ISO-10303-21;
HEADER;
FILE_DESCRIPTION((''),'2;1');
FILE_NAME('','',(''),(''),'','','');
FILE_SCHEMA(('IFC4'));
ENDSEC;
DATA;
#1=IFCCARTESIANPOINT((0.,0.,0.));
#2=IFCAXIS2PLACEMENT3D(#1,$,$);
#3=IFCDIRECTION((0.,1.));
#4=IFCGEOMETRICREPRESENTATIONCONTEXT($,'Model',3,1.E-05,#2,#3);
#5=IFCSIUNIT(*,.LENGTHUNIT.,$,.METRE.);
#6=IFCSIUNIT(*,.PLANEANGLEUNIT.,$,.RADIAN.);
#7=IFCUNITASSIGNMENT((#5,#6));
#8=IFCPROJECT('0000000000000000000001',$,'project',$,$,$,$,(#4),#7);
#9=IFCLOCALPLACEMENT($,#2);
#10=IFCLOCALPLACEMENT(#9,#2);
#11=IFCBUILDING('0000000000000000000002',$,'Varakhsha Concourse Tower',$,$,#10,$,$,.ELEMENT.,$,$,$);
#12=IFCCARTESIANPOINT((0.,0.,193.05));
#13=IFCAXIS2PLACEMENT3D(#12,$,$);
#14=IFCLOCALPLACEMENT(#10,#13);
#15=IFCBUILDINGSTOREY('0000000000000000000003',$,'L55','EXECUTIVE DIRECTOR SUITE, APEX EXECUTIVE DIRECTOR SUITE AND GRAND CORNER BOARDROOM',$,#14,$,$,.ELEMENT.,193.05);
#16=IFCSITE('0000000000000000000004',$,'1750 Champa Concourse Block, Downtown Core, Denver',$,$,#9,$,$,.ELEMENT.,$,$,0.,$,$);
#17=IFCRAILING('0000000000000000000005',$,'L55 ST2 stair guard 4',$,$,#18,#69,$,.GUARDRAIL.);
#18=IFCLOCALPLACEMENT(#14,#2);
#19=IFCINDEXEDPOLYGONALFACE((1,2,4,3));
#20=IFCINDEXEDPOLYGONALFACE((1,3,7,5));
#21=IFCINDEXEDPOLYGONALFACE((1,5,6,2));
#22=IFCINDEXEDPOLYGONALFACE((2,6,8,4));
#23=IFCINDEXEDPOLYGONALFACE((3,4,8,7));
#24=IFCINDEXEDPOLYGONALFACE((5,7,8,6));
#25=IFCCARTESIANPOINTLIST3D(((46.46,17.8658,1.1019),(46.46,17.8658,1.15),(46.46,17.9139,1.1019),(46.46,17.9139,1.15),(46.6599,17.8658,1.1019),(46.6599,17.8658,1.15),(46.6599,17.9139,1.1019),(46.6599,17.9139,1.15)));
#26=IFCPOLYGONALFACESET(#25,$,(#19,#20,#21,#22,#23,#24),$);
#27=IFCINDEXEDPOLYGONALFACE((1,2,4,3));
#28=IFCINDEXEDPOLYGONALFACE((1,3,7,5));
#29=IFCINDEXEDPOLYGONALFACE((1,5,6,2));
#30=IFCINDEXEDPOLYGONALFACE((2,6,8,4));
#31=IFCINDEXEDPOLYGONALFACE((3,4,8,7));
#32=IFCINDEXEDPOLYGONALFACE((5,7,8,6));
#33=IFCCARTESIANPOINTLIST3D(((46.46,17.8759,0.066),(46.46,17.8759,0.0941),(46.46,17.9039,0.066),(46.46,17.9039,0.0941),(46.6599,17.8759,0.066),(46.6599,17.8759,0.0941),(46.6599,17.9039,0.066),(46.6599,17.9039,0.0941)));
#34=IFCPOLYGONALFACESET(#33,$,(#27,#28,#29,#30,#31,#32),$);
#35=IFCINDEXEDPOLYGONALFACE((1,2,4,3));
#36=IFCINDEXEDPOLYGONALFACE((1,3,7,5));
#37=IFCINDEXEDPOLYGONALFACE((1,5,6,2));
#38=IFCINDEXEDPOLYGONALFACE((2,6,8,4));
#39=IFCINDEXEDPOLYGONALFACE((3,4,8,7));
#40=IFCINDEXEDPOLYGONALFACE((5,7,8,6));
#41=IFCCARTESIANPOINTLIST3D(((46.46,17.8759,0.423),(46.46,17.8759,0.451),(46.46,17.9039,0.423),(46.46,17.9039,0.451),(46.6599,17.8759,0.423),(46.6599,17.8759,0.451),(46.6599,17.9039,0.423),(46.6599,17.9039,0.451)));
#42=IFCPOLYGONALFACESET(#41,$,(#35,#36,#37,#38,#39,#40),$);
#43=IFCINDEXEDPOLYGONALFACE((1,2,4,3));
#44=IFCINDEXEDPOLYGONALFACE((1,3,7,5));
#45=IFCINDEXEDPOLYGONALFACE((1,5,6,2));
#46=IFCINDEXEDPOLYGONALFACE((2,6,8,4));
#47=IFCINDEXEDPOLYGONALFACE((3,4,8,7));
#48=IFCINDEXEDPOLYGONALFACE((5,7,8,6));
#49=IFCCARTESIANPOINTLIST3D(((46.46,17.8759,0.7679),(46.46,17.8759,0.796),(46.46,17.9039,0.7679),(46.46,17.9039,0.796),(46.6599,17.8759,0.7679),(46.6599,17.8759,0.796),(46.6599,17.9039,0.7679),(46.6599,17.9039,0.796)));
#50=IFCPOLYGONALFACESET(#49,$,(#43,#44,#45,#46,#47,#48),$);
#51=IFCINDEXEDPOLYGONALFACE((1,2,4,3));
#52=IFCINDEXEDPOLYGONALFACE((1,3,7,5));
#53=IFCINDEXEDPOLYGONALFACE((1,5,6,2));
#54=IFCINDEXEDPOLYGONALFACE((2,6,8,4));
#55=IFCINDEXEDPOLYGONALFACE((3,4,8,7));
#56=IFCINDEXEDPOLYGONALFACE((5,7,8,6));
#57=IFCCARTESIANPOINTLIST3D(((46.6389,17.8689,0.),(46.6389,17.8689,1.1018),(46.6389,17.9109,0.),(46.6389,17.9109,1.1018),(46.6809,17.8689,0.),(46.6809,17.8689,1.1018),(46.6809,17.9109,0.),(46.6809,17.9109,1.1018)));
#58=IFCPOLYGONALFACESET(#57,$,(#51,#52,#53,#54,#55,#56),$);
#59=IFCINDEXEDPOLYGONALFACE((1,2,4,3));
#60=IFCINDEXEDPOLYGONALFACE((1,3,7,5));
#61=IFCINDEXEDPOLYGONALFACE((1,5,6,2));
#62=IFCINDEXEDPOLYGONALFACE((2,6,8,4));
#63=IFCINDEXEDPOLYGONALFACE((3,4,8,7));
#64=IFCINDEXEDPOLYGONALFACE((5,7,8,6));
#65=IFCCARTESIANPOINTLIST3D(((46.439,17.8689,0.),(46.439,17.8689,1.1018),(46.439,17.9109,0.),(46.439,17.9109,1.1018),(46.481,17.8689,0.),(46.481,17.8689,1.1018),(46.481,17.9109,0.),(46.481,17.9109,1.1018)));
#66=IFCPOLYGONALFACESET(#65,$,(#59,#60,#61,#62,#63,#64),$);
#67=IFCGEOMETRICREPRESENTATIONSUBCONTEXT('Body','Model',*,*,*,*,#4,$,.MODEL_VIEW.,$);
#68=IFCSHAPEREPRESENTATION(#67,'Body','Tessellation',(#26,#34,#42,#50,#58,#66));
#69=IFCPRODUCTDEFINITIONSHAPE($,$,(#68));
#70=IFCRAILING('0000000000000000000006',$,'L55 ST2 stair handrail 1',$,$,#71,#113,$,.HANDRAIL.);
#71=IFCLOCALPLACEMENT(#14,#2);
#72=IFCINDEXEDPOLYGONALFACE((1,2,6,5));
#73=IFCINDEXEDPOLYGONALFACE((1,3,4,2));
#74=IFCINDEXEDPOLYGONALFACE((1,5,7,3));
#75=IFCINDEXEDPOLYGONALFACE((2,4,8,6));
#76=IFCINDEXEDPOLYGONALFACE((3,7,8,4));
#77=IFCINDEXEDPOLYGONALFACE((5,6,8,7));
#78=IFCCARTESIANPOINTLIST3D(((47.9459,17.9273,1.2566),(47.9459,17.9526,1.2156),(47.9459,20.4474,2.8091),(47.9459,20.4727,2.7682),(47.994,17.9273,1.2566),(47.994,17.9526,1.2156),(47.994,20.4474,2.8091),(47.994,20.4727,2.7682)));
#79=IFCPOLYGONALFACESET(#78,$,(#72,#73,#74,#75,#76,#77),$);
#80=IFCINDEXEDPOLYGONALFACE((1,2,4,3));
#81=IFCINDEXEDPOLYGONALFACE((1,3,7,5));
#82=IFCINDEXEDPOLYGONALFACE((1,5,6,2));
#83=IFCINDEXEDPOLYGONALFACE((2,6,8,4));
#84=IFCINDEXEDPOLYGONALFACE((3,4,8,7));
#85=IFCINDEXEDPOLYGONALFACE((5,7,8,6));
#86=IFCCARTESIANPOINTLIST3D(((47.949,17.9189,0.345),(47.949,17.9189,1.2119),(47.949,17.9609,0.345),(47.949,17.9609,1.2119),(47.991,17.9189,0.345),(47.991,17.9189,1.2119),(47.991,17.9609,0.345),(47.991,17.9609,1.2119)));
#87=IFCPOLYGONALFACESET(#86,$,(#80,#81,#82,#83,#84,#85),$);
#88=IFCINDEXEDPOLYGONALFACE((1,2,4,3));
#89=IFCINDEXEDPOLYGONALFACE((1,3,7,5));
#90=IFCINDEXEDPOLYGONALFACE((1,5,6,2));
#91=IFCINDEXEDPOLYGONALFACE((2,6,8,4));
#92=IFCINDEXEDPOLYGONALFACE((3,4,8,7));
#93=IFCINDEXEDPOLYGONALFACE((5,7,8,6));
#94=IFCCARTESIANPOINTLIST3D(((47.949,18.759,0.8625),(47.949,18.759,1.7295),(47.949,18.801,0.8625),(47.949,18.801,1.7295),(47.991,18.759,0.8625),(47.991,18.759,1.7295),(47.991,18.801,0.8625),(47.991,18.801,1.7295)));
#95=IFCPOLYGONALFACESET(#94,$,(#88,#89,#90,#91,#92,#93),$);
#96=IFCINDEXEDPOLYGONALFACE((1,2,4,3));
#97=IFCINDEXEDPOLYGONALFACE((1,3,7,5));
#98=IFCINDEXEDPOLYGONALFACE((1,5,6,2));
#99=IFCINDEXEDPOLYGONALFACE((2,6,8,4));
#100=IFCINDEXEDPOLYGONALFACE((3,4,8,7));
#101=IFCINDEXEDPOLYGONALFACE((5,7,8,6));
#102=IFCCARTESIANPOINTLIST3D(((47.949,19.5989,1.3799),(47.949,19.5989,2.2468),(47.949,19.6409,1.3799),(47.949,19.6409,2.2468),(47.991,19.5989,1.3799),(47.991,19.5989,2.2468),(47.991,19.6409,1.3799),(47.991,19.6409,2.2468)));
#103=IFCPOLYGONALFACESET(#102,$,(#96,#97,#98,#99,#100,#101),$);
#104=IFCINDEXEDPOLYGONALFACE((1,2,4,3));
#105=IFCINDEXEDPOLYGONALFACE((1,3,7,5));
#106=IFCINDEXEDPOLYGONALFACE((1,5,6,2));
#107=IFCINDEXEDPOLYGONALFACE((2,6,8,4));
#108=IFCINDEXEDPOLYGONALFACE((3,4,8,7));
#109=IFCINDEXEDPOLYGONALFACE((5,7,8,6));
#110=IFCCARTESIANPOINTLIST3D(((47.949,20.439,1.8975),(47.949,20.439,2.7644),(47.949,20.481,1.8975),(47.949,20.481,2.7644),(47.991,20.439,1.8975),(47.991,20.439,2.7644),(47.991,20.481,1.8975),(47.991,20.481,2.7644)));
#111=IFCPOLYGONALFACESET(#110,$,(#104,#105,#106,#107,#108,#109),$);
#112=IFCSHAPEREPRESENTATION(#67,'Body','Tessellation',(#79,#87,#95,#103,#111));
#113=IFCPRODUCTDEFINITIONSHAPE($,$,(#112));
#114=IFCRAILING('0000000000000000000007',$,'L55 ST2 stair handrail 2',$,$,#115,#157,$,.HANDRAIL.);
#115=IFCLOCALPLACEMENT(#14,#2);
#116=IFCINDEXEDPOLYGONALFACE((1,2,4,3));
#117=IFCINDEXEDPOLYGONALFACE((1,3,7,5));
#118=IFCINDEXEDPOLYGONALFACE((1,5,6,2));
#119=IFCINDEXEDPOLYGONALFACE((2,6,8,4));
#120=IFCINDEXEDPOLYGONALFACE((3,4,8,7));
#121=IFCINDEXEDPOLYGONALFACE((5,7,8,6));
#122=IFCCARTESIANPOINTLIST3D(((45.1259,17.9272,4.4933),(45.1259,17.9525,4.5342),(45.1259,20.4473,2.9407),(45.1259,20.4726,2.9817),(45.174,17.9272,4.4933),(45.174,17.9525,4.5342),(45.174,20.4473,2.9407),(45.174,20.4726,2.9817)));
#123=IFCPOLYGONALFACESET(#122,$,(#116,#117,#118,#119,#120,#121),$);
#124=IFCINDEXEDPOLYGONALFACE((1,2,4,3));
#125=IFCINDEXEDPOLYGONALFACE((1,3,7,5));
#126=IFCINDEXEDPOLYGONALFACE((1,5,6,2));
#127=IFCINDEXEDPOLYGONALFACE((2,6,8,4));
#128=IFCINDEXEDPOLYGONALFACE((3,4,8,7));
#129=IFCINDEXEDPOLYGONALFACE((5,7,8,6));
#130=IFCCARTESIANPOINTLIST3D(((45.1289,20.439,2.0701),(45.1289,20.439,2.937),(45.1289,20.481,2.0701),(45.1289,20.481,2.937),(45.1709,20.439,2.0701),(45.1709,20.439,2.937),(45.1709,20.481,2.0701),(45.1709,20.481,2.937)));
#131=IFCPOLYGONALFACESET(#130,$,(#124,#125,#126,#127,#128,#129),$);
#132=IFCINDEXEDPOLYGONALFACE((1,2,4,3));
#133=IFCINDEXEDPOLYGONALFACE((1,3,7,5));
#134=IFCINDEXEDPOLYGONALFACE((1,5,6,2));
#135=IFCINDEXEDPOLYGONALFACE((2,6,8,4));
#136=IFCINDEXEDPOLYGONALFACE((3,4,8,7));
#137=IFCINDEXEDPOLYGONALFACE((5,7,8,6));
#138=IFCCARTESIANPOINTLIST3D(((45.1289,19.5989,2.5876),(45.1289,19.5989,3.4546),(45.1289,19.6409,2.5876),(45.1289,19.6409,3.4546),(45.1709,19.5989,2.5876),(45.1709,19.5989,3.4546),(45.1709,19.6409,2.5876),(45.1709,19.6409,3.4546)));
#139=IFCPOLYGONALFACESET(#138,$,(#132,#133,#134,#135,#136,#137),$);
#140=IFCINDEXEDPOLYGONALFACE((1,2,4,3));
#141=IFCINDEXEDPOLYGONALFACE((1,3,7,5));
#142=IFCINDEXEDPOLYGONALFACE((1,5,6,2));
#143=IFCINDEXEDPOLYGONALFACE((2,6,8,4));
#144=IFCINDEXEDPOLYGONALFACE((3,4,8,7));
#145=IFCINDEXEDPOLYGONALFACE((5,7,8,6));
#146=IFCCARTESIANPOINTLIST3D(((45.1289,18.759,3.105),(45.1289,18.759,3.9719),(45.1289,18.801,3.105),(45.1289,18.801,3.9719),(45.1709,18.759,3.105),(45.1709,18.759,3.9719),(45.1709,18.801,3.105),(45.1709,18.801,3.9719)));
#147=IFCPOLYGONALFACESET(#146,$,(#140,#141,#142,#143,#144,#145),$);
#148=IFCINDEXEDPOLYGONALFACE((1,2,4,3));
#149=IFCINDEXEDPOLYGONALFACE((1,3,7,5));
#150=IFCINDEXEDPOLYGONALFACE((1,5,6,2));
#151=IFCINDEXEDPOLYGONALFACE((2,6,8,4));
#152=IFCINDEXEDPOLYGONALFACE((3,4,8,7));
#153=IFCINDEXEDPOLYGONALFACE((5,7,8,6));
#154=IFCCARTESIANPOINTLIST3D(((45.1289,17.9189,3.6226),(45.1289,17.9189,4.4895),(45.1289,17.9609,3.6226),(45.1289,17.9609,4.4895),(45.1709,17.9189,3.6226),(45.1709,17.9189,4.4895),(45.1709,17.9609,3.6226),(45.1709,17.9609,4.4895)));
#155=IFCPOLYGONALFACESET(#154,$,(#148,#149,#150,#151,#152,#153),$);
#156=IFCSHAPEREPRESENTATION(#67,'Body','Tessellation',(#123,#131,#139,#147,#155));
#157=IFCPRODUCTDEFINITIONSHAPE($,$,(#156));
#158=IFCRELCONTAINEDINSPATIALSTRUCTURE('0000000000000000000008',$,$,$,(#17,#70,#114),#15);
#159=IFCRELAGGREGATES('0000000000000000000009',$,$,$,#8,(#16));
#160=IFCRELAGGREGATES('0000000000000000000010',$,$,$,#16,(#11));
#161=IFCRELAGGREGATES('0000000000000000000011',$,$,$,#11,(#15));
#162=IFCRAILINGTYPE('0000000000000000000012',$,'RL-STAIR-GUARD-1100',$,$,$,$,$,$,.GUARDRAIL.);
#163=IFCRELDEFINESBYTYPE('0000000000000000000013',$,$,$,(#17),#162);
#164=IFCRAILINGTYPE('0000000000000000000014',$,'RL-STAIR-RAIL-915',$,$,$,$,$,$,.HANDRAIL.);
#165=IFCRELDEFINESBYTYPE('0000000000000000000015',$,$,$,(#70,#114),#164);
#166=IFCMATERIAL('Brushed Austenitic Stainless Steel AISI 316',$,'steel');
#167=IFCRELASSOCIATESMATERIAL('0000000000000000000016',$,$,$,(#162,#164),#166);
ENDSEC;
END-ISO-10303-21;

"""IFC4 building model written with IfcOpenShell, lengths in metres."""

from ifc_helpers import new_model, si_unit, direction, frame, origin, origin_2d, place, context, subcontext, project, spatial, rectangle, extrude, material, type_object, element, save


model = new_model("IFC4")

# Units and contexts
model_context = context("Model", 3, precision=1e-05, world=origin(), true_north=direction((0.0, 1.0)))
body_context = subcontext(model_context, "Body", "Model", "MODEL_VIEW")
ifc_project = project(units=[si_unit("LENGTHUNIT", "METRE"), si_unit("PLANEANGLEUNIT", "RADIAN")], contexts=[model_context])

# Site, building, storey
site_placement = place(None, origin())
site = spatial("IfcSite", under=ifc_project, at=site_placement, Name="1750 Champa Concourse Block, Downtown Core, Denver", CompositionType="ELEMENT", RefElevation=0.0)
building_placement = place(site_placement, origin())
building = spatial("IfcBuilding", under=site, at=building_placement, Name="Varakhsha Concourse Tower", CompositionType="ELEMENT")
storey_placement = place(building_placement, frame((0.0, 0.0, 193.05)))
storey = spatial("IfcBuildingStorey", under=building, at=storey_placement, Name="L55", Description="EXECUTIVE DIRECTOR SUITE, APEX EXECUTIVE DIRECTOR SUITE AND GRAND CORNER BOARDROOM", CompositionType="ELEMENT", Elevation=193.05)

# Railings
ifc_material_1 = material(Name="Brushed Austenitic Stainless Steel AISI 316", Category="steel")
railing_type_1 = type_object("IfcRailingType", Name="RL-STAIR-GUARD-1100", PredefinedType="GUARDRAIL", material=ifc_material_1)
railing_1_placement = place(storey_placement, frame((46.6599, 17.8899, 0.0)))
element("IfcRailing", 1, at=railing_1_placement, inside=storey, type_object=railing_type_1, Name="L55 ST2 stair guard 4", PredefinedType="GUARDRAIL", context=body_context, shape_type="SweptSolid", body=[
    extrude(rectangle(XDim=0.0481, YDim=0.0481, at=origin_2d()), frame((0.0, 0.0, 1.126), z_axis=(-1.0, 0.0, 0.0), x_axis=(0.0, -1.0, 0.0)), (0.0, 0.0, 1.0), 0.2),
    extrude(rectangle(XDim=0.0281, YDim=0.0281, at=origin_2d()), frame((0.0, 0.0, 0.0801), z_axis=(-1.0, 0.0, 0.0), x_axis=(0.0, -1.0, 0.0)), (0.0, 0.0, 1.0), 0.2),
    extrude(rectangle(XDim=0.0281, YDim=0.0281, at=origin_2d()), frame((0.0, 0.0, 0.437), z_axis=(-1.0, 0.0, 0.0), x_axis=(0.0, -1.0, 0.0)), (0.0, 0.0, 1.0), 0.2),
    extrude(rectangle(XDim=0.0281, YDim=0.0281, at=origin_2d()), frame((0.0, 0.0, 0.782), z_axis=(-1.0, 0.0, 0.0), x_axis=(0.0, -1.0, 0.0)), (0.0, 0.0, 1.0), 0.2),
    extrude(rectangle(XDim=0.042, YDim=0.042, at=origin_2d()), origin(), (0.0, 0.0, 1.0), 1.1018),
    extrude(rectangle(XDim=0.042, YDim=0.042, at=origin_2d()), frame((-0.2, 0.0, 0.0)), (0.0, 0.0, 1.0), 1.1018),
])
railing_type_2 = type_object("IfcRailingType", Name="RL-STAIR-RAIL-915", PredefinedType="HANDRAIL", material=ifc_material_1)
railing_2_placement = place(storey_placement, frame((47.97, 17.9399, 0.345)))
element("IfcRailing", 2, at=railing_2_placement, inside=storey, type_object=railing_type_2, Name="L55 ST2 stair handrail 1", PredefinedType="HANDRAIL", context=body_context, shape_type="SweptSolid", body=[
    extrude(rectangle(XDim=0.0481, YDim=0.0481, at=origin_2d()), frame((0.0, 0.0, 0.8911), z_axis=(0.0, 0.8514, 0.524516), x_axis=(-1.0, 0.0, 0.0)), (0.0, 0.0, 1.0), 2.96),
    extrude(rectangle(XDim=0.042, YDim=0.042, at=origin_2d()), origin(), (0.0, 0.0, 1.0), 0.8669),
    extrude(rectangle(XDim=0.042, YDim=0.042, at=origin_2d()), frame((0.0, 0.8401, 0.5176)), (0.0, 0.0, 1.0), 0.8669),
    extrude(rectangle(XDim=0.042, YDim=0.042, at=origin_2d()), frame((0.0, 1.6799, 1.0349)), (0.0, 0.0, 1.0), 0.8669),
    extrude(rectangle(XDim=0.042, YDim=0.042, at=origin_2d()), frame((0.0, 2.52, 1.5525)), (0.0, 0.0, 1.0), 0.8669),
])
railing_3_placement = place(storey_placement, frame((45.1499, 20.46, 2.0701)))
element("IfcRailing", 3, at=railing_3_placement, inside=storey, type_object=railing_type_2, Name="L55 ST2 stair handrail 2", PredefinedType="HANDRAIL", context=body_context, shape_type="SweptSolid", body=[
    extrude(rectangle(XDim=0.0481, YDim=0.0481, at=origin_2d()), frame((0.0, 0.0, 0.8911), z_axis=(0.0, -0.8514, 0.524516), x_axis=(1.0, 0.0, 0.0)), (0.0, 0.0, 1.0), 2.96),
    extrude(rectangle(XDim=0.042, YDim=0.042, at=origin_2d()), origin(), (0.0, 0.0, 1.0), 0.8669),
    extrude(rectangle(XDim=0.042, YDim=0.042, at=origin_2d()), frame((0.0, -0.8401, 0.5176)), (0.0, 0.0, 1.0), 0.8669),
    extrude(rectangle(XDim=0.042, YDim=0.042, at=origin_2d()), frame((0.0, -1.6799, 1.0349)), (0.0, 0.0, 1.0), 0.8669),
    extrude(rectangle(XDim=0.042, YDim=0.042, at=origin_2d()), frame((0.0, -2.52, 1.5525)), (0.0, 0.0, 1.0), 0.8669),
])

save(model, "model.ifc")
